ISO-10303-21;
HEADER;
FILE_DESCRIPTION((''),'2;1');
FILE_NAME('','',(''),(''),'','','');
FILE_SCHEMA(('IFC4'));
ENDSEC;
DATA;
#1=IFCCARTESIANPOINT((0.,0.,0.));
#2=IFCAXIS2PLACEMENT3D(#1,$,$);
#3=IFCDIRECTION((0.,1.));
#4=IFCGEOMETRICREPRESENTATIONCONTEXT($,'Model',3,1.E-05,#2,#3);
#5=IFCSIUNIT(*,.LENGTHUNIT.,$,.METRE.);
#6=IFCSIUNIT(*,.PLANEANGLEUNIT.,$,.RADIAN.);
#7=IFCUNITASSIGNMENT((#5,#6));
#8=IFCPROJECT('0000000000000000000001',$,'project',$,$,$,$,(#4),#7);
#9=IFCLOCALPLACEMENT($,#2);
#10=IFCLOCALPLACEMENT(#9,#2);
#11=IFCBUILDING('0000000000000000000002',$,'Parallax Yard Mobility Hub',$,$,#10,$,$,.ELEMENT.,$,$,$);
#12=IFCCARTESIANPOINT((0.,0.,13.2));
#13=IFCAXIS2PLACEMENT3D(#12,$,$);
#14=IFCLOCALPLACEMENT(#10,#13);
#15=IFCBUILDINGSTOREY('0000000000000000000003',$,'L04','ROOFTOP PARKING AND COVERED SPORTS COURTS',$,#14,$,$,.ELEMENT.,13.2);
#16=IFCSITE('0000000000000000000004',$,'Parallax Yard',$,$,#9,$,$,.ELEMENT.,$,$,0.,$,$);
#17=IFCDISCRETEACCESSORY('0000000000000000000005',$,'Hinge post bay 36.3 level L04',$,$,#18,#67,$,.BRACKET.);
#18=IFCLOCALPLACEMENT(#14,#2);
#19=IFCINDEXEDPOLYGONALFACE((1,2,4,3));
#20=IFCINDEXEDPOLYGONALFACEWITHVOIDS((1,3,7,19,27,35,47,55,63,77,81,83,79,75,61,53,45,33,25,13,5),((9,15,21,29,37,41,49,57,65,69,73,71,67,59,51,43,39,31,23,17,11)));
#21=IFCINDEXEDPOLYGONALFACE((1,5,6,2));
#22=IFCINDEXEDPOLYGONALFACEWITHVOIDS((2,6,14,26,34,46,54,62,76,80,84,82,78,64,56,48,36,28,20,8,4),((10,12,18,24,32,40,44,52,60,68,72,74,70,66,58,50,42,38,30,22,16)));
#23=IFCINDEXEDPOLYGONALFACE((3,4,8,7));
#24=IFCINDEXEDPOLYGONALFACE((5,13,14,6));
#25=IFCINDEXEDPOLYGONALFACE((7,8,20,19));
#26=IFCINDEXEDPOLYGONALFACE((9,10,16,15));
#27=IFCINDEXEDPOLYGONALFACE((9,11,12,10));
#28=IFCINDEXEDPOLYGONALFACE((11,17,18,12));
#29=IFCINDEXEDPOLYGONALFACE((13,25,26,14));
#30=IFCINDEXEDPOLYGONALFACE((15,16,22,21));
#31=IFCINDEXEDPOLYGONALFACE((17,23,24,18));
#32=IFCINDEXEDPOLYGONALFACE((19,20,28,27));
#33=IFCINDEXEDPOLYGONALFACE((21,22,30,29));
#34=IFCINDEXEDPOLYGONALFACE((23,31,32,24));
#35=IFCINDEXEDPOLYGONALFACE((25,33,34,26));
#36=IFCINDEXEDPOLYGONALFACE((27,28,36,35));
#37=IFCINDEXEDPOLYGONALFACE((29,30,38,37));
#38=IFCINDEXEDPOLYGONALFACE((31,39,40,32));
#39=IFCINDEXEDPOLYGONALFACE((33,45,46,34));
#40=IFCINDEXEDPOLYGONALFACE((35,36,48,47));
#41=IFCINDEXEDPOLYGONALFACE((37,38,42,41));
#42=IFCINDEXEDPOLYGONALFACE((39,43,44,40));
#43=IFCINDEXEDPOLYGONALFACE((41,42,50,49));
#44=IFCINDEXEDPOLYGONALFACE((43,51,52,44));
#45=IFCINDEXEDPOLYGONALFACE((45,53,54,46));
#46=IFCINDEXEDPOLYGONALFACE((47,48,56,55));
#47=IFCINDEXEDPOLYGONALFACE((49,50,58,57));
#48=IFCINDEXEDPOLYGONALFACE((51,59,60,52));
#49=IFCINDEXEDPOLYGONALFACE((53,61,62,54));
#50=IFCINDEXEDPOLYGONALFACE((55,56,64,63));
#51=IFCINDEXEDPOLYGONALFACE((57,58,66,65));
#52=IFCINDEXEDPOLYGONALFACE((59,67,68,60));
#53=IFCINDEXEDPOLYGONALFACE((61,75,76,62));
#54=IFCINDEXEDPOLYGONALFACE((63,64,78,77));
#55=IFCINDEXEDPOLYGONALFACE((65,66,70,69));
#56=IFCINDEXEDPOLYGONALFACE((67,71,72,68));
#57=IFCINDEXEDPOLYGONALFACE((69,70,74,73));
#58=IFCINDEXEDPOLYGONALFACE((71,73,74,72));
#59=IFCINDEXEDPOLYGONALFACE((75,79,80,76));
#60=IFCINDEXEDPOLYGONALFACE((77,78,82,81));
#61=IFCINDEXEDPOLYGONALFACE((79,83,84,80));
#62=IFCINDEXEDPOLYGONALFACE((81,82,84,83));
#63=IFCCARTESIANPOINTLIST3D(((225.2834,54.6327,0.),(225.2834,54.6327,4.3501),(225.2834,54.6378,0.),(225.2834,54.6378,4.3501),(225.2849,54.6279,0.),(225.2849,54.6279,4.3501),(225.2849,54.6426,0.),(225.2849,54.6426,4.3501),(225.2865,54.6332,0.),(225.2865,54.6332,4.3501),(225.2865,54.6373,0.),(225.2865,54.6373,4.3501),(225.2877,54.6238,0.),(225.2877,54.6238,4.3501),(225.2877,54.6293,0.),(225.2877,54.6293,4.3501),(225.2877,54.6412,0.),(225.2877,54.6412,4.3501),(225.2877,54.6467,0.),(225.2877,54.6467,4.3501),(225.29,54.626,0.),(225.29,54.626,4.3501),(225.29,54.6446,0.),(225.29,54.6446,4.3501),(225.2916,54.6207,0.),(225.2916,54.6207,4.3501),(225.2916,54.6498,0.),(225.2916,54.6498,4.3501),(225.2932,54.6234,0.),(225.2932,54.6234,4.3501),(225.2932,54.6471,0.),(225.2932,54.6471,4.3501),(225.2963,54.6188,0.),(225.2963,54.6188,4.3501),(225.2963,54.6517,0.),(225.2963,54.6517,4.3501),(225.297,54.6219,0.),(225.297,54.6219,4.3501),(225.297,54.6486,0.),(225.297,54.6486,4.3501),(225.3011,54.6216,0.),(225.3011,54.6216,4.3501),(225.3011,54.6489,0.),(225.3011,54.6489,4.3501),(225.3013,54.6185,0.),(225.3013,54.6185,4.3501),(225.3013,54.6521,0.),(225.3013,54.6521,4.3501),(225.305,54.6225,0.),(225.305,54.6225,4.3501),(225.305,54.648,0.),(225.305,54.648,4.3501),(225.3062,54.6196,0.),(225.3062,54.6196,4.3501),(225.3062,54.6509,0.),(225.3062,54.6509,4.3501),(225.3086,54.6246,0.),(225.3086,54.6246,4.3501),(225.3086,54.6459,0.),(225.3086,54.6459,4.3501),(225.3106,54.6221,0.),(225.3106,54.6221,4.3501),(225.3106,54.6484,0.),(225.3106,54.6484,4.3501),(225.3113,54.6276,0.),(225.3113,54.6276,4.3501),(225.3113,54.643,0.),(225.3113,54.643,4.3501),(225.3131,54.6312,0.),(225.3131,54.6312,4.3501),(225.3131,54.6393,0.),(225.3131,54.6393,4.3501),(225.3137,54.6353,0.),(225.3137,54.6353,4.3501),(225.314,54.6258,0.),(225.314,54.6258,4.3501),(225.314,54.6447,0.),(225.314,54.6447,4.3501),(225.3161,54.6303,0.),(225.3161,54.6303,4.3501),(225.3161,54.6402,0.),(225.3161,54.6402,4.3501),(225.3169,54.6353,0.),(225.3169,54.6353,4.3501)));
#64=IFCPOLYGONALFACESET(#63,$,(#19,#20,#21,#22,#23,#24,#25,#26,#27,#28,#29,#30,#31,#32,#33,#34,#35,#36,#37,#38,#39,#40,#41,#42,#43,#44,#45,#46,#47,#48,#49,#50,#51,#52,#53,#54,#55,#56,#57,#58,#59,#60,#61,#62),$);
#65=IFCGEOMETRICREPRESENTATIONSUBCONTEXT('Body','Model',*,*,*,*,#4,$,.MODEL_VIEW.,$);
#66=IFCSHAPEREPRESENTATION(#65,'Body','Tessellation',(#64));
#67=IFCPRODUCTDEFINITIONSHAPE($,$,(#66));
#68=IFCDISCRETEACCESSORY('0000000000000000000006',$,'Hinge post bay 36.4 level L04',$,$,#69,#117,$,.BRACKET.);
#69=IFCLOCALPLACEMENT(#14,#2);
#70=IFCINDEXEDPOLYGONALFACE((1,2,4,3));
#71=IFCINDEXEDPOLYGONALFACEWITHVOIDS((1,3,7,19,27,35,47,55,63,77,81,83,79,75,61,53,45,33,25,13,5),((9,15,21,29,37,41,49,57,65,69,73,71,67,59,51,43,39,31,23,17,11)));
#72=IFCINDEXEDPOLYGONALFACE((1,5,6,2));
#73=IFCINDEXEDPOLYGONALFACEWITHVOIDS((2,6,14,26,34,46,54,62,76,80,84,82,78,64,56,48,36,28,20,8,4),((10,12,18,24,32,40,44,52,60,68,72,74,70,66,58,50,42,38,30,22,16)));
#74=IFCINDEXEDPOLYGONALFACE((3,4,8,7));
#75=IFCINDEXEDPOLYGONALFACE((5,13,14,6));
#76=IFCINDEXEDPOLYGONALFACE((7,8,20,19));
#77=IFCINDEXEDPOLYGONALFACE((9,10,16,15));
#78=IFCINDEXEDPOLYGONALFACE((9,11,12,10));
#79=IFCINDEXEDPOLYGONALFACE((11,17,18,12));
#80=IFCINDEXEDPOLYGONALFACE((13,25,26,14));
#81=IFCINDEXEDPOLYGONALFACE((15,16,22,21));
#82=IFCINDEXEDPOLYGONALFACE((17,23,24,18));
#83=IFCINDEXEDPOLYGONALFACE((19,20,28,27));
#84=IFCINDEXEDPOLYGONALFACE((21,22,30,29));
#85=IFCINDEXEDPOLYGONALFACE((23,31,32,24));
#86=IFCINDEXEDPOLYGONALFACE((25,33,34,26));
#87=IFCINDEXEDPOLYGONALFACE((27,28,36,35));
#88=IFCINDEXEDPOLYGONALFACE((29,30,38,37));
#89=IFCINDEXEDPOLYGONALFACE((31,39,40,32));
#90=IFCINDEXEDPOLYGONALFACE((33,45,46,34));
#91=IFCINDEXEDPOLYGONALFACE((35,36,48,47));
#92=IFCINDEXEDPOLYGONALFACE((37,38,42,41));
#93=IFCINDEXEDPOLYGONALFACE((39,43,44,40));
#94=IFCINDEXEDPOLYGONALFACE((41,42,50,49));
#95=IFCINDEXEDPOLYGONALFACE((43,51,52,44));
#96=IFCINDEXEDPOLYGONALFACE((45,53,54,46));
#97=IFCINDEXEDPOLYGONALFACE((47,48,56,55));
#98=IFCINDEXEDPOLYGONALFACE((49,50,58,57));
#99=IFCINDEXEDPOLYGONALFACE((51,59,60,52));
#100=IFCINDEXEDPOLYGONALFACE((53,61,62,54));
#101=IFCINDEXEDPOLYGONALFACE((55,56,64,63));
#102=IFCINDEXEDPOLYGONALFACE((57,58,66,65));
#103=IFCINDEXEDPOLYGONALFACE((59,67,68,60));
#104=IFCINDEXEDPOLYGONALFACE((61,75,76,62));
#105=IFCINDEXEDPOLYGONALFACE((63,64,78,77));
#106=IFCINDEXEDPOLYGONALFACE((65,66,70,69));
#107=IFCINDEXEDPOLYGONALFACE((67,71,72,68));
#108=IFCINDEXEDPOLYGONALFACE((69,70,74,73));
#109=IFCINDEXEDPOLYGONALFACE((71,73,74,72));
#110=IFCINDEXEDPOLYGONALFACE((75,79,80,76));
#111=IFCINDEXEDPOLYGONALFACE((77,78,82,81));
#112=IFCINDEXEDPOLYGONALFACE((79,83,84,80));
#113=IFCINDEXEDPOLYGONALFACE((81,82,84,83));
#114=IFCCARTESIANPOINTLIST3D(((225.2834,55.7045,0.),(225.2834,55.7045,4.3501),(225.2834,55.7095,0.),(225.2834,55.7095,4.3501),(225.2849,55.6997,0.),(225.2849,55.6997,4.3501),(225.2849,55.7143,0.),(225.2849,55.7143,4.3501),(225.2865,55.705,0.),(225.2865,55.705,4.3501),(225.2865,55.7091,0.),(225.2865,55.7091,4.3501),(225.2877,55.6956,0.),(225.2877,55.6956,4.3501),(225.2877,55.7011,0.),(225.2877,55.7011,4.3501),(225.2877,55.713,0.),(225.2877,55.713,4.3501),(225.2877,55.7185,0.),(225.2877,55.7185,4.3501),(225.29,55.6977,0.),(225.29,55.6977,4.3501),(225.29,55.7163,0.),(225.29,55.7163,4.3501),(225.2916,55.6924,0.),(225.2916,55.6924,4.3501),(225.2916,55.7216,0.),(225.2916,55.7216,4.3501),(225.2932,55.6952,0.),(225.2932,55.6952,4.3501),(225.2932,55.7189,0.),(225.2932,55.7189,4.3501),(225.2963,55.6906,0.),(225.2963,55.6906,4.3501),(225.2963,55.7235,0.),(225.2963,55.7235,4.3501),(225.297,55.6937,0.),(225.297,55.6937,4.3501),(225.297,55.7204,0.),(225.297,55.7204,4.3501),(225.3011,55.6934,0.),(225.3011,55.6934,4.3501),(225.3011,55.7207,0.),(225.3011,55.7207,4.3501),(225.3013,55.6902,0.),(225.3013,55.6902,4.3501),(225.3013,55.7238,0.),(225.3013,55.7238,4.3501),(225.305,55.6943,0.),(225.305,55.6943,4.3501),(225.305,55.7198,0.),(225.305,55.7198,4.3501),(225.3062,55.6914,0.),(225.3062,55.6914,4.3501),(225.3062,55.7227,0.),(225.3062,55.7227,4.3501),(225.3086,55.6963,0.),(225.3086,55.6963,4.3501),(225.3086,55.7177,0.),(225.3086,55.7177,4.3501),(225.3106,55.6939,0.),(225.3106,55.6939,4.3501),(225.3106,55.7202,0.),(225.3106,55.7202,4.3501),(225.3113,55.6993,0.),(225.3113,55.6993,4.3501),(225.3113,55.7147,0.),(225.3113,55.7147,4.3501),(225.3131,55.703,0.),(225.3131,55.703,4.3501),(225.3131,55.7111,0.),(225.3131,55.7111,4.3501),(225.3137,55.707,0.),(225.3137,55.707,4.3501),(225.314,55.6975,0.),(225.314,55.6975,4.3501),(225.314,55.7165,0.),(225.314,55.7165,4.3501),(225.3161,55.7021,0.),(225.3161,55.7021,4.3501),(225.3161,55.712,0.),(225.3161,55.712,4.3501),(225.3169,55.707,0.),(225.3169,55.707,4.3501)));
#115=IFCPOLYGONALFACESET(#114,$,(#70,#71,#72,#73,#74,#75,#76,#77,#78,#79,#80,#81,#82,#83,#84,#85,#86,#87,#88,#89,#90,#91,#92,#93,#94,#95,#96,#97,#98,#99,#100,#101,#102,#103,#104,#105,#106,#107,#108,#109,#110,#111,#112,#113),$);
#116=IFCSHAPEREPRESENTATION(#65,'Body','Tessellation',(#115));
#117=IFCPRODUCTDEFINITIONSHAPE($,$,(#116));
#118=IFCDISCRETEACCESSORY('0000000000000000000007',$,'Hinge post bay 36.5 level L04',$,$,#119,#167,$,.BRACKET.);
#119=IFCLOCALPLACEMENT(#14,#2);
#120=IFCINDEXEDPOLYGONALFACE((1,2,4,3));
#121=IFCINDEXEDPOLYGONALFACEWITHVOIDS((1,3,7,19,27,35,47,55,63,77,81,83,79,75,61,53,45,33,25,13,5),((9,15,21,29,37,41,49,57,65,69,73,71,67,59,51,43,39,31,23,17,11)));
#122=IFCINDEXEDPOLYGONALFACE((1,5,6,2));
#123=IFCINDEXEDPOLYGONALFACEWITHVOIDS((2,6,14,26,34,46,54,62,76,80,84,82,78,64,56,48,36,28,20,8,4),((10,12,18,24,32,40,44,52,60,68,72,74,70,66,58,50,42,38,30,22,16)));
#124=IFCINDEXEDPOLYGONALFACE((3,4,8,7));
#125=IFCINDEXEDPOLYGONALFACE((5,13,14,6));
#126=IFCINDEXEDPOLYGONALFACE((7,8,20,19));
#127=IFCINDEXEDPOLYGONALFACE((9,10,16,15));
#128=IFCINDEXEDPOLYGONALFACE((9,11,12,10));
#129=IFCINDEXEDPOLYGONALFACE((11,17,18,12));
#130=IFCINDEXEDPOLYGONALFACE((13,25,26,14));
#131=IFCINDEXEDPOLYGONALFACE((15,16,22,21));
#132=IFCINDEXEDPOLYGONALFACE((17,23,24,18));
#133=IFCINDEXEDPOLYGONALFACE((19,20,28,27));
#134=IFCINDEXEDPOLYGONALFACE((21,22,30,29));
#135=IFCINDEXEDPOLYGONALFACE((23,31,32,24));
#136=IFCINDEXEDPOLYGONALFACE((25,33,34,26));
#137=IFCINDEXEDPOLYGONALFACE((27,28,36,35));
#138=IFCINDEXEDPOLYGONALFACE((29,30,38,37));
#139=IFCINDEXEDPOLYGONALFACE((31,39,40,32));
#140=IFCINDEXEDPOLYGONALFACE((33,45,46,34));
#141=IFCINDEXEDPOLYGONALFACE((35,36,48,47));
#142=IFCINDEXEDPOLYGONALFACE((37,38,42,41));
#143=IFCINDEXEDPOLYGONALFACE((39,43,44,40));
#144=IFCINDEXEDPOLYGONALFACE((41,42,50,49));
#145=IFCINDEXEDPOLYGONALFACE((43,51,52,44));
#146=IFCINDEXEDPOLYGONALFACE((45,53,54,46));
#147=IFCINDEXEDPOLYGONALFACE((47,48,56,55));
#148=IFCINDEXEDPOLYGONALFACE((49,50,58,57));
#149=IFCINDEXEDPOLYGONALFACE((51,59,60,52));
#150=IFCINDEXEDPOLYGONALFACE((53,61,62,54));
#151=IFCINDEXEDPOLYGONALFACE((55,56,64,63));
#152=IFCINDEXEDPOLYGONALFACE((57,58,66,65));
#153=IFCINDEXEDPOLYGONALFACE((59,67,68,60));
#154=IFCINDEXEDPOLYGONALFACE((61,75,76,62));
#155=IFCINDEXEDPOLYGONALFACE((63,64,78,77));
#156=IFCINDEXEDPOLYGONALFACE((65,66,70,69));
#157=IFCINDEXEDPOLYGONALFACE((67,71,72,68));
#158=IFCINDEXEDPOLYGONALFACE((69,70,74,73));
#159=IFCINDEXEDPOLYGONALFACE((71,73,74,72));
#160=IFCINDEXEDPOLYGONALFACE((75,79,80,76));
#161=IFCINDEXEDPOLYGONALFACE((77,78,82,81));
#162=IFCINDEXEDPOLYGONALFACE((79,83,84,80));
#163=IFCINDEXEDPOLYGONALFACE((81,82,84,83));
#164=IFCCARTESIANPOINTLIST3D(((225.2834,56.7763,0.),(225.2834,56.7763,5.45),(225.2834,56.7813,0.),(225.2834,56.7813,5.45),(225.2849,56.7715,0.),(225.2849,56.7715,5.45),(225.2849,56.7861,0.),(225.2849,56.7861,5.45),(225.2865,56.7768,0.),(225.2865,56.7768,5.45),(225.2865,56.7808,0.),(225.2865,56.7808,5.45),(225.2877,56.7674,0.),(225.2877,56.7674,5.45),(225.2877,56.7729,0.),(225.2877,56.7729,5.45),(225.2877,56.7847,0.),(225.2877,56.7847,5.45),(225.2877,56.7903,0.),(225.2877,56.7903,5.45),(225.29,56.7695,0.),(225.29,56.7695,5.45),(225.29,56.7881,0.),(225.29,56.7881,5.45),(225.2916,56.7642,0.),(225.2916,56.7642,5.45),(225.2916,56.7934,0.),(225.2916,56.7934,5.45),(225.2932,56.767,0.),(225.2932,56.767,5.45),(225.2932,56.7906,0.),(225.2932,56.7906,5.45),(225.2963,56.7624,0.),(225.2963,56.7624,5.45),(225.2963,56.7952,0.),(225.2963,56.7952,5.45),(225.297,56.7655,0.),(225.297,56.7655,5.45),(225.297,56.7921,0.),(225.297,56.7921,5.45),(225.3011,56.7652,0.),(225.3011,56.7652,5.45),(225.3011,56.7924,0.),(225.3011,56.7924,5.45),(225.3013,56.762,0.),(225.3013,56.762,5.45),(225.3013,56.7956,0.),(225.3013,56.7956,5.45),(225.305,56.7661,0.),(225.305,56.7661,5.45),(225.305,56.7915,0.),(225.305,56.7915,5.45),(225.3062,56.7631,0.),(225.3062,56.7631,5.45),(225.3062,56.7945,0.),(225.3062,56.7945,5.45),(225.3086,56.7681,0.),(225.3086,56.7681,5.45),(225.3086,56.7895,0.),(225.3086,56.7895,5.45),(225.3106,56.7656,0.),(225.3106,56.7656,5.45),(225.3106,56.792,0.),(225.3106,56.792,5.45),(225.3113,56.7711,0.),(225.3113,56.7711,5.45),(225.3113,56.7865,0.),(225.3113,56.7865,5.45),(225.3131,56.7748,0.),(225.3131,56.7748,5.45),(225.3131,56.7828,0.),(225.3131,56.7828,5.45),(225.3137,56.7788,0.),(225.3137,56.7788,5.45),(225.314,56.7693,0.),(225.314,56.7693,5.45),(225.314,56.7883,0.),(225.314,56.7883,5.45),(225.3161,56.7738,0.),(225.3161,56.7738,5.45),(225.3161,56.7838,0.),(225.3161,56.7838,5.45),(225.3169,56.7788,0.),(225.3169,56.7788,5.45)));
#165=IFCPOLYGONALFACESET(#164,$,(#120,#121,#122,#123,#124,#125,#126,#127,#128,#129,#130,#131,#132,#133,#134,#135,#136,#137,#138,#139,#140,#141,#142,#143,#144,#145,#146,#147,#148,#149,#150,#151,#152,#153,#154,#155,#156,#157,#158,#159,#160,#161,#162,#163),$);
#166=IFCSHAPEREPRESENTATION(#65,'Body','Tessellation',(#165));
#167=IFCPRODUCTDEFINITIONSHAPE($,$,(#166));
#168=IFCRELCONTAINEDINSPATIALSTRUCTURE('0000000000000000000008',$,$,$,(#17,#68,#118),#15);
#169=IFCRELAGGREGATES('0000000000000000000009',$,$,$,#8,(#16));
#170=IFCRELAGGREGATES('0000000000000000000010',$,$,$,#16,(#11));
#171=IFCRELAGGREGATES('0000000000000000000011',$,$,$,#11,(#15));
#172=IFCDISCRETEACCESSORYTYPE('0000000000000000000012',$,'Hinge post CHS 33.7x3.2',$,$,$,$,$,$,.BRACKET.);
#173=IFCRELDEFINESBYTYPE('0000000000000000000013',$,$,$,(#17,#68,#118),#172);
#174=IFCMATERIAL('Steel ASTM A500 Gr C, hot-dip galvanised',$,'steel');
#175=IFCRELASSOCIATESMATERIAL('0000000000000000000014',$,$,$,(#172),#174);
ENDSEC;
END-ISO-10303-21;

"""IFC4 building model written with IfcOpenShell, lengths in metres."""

from ifc_helpers import new_model, si_unit, direction, frame, origin, origin_2d, place, context, subcontext, project, spatial, hollow_circle, extrude, material, material_profile, profile_set, type_object, element, save


model = new_model("IFC4")

# Units and contexts
model_context = context("Model", 3, precision=1e-05, world=origin(), true_north=direction((0.0, 1.0)))
body_context = subcontext(model_context, "Body", "Model", "MODEL_VIEW")
ifc_project = project(units=[si_unit("LENGTHUNIT", "METRE"), si_unit("PLANEANGLEUNIT", "RADIAN")], contexts=[model_context])

# Site, building, storey
site_placement = place(None, origin())
site = spatial("IfcSite", under=ifc_project, at=site_placement, Name="Parallax Yard", CompositionType="ELEMENT", RefElevation=0.0)
building_placement = place(site_placement, origin())
building = spatial("IfcBuilding", under=site, at=building_placement, Name="Parallax Yard Mobility Hub", CompositionType="ELEMENT")
storey_placement = place(building_placement, frame((0.0, 0.0, 13.2)))
storey = spatial("IfcBuildingStorey", under=building, at=storey_placement, Name="L04", Description="ROOFTOP PARKING AND COVERED SPORTS COURTS", CompositionType="ELEMENT", Elevation=13.2)

# Discrete accessories
ifc_material_1 = material(Name="Steel ASTM A500 Gr C, hot-dip galvanised", Category="steel")
ifc_material_profile = material_profile(ifc_material_1, hollow_circle(Radius=0.0168, WallThickness=0.0032, at=origin_2d()), Name="CHS 33.7x3.2")
ifc_profile_set = profile_set([ifc_material_profile], Name="Steel ASTM A500 Gr C, hot-dip galvanised")
discrete_accessory_type = type_object("IfcDiscreteAccessoryType", Name="Hinge post CHS 33.7x3.2", PredefinedType="BRACKET", material=ifc_profile_set)
for number, where, z_axis, x_axis, name in (
    (1, (225.3, 54.6353, 0.0), (0.0, 0.0, 1.0), (1.0, 0.0, 0.0), "Hinge post bay 36.3 level L04"),
    (2, (225.3, 55.707, 0.0), (0.0, 0.0, 1.0), (1.0, 0.0, 0.0), "Hinge post bay 36.4 level L04"),
):
    element("IfcDiscreteAccessory", number, at=place(storey_placement, frame(where, z_axis=z_axis, x_axis=x_axis)), inside=storey, type_object=discrete_accessory_type, Name=name, PredefinedType="BRACKET", context=body_context, shape_type="SweptSolid", body=[
        extrude(hollow_circle(Radius=0.0168, WallThickness=0.0032, at=origin_2d()), origin(), (0.0, 0.0, 1.0), 4.3501),
    ])
for number, where, z_axis, x_axis, name in (
    (3, (225.3, 56.7788, 0.0), (0.0, 0.0, 1.0), (1.0, 0.0, 0.0), "Hinge post bay 36.5 level L04"),
):
    element("IfcDiscreteAccessory", number, at=place(storey_placement, frame(where, z_axis=z_axis, x_axis=x_axis)), inside=storey, type_object=discrete_accessory_type, Name=name, PredefinedType="BRACKET", context=body_context, shape_type="SweptSolid", body=[
        extrude(hollow_circle(Radius=0.0168, WallThickness=0.0032, at=origin_2d()), origin(), (0.0, 0.0, 1.0), 5.45),
    ])

save(model, "model.ifc")
